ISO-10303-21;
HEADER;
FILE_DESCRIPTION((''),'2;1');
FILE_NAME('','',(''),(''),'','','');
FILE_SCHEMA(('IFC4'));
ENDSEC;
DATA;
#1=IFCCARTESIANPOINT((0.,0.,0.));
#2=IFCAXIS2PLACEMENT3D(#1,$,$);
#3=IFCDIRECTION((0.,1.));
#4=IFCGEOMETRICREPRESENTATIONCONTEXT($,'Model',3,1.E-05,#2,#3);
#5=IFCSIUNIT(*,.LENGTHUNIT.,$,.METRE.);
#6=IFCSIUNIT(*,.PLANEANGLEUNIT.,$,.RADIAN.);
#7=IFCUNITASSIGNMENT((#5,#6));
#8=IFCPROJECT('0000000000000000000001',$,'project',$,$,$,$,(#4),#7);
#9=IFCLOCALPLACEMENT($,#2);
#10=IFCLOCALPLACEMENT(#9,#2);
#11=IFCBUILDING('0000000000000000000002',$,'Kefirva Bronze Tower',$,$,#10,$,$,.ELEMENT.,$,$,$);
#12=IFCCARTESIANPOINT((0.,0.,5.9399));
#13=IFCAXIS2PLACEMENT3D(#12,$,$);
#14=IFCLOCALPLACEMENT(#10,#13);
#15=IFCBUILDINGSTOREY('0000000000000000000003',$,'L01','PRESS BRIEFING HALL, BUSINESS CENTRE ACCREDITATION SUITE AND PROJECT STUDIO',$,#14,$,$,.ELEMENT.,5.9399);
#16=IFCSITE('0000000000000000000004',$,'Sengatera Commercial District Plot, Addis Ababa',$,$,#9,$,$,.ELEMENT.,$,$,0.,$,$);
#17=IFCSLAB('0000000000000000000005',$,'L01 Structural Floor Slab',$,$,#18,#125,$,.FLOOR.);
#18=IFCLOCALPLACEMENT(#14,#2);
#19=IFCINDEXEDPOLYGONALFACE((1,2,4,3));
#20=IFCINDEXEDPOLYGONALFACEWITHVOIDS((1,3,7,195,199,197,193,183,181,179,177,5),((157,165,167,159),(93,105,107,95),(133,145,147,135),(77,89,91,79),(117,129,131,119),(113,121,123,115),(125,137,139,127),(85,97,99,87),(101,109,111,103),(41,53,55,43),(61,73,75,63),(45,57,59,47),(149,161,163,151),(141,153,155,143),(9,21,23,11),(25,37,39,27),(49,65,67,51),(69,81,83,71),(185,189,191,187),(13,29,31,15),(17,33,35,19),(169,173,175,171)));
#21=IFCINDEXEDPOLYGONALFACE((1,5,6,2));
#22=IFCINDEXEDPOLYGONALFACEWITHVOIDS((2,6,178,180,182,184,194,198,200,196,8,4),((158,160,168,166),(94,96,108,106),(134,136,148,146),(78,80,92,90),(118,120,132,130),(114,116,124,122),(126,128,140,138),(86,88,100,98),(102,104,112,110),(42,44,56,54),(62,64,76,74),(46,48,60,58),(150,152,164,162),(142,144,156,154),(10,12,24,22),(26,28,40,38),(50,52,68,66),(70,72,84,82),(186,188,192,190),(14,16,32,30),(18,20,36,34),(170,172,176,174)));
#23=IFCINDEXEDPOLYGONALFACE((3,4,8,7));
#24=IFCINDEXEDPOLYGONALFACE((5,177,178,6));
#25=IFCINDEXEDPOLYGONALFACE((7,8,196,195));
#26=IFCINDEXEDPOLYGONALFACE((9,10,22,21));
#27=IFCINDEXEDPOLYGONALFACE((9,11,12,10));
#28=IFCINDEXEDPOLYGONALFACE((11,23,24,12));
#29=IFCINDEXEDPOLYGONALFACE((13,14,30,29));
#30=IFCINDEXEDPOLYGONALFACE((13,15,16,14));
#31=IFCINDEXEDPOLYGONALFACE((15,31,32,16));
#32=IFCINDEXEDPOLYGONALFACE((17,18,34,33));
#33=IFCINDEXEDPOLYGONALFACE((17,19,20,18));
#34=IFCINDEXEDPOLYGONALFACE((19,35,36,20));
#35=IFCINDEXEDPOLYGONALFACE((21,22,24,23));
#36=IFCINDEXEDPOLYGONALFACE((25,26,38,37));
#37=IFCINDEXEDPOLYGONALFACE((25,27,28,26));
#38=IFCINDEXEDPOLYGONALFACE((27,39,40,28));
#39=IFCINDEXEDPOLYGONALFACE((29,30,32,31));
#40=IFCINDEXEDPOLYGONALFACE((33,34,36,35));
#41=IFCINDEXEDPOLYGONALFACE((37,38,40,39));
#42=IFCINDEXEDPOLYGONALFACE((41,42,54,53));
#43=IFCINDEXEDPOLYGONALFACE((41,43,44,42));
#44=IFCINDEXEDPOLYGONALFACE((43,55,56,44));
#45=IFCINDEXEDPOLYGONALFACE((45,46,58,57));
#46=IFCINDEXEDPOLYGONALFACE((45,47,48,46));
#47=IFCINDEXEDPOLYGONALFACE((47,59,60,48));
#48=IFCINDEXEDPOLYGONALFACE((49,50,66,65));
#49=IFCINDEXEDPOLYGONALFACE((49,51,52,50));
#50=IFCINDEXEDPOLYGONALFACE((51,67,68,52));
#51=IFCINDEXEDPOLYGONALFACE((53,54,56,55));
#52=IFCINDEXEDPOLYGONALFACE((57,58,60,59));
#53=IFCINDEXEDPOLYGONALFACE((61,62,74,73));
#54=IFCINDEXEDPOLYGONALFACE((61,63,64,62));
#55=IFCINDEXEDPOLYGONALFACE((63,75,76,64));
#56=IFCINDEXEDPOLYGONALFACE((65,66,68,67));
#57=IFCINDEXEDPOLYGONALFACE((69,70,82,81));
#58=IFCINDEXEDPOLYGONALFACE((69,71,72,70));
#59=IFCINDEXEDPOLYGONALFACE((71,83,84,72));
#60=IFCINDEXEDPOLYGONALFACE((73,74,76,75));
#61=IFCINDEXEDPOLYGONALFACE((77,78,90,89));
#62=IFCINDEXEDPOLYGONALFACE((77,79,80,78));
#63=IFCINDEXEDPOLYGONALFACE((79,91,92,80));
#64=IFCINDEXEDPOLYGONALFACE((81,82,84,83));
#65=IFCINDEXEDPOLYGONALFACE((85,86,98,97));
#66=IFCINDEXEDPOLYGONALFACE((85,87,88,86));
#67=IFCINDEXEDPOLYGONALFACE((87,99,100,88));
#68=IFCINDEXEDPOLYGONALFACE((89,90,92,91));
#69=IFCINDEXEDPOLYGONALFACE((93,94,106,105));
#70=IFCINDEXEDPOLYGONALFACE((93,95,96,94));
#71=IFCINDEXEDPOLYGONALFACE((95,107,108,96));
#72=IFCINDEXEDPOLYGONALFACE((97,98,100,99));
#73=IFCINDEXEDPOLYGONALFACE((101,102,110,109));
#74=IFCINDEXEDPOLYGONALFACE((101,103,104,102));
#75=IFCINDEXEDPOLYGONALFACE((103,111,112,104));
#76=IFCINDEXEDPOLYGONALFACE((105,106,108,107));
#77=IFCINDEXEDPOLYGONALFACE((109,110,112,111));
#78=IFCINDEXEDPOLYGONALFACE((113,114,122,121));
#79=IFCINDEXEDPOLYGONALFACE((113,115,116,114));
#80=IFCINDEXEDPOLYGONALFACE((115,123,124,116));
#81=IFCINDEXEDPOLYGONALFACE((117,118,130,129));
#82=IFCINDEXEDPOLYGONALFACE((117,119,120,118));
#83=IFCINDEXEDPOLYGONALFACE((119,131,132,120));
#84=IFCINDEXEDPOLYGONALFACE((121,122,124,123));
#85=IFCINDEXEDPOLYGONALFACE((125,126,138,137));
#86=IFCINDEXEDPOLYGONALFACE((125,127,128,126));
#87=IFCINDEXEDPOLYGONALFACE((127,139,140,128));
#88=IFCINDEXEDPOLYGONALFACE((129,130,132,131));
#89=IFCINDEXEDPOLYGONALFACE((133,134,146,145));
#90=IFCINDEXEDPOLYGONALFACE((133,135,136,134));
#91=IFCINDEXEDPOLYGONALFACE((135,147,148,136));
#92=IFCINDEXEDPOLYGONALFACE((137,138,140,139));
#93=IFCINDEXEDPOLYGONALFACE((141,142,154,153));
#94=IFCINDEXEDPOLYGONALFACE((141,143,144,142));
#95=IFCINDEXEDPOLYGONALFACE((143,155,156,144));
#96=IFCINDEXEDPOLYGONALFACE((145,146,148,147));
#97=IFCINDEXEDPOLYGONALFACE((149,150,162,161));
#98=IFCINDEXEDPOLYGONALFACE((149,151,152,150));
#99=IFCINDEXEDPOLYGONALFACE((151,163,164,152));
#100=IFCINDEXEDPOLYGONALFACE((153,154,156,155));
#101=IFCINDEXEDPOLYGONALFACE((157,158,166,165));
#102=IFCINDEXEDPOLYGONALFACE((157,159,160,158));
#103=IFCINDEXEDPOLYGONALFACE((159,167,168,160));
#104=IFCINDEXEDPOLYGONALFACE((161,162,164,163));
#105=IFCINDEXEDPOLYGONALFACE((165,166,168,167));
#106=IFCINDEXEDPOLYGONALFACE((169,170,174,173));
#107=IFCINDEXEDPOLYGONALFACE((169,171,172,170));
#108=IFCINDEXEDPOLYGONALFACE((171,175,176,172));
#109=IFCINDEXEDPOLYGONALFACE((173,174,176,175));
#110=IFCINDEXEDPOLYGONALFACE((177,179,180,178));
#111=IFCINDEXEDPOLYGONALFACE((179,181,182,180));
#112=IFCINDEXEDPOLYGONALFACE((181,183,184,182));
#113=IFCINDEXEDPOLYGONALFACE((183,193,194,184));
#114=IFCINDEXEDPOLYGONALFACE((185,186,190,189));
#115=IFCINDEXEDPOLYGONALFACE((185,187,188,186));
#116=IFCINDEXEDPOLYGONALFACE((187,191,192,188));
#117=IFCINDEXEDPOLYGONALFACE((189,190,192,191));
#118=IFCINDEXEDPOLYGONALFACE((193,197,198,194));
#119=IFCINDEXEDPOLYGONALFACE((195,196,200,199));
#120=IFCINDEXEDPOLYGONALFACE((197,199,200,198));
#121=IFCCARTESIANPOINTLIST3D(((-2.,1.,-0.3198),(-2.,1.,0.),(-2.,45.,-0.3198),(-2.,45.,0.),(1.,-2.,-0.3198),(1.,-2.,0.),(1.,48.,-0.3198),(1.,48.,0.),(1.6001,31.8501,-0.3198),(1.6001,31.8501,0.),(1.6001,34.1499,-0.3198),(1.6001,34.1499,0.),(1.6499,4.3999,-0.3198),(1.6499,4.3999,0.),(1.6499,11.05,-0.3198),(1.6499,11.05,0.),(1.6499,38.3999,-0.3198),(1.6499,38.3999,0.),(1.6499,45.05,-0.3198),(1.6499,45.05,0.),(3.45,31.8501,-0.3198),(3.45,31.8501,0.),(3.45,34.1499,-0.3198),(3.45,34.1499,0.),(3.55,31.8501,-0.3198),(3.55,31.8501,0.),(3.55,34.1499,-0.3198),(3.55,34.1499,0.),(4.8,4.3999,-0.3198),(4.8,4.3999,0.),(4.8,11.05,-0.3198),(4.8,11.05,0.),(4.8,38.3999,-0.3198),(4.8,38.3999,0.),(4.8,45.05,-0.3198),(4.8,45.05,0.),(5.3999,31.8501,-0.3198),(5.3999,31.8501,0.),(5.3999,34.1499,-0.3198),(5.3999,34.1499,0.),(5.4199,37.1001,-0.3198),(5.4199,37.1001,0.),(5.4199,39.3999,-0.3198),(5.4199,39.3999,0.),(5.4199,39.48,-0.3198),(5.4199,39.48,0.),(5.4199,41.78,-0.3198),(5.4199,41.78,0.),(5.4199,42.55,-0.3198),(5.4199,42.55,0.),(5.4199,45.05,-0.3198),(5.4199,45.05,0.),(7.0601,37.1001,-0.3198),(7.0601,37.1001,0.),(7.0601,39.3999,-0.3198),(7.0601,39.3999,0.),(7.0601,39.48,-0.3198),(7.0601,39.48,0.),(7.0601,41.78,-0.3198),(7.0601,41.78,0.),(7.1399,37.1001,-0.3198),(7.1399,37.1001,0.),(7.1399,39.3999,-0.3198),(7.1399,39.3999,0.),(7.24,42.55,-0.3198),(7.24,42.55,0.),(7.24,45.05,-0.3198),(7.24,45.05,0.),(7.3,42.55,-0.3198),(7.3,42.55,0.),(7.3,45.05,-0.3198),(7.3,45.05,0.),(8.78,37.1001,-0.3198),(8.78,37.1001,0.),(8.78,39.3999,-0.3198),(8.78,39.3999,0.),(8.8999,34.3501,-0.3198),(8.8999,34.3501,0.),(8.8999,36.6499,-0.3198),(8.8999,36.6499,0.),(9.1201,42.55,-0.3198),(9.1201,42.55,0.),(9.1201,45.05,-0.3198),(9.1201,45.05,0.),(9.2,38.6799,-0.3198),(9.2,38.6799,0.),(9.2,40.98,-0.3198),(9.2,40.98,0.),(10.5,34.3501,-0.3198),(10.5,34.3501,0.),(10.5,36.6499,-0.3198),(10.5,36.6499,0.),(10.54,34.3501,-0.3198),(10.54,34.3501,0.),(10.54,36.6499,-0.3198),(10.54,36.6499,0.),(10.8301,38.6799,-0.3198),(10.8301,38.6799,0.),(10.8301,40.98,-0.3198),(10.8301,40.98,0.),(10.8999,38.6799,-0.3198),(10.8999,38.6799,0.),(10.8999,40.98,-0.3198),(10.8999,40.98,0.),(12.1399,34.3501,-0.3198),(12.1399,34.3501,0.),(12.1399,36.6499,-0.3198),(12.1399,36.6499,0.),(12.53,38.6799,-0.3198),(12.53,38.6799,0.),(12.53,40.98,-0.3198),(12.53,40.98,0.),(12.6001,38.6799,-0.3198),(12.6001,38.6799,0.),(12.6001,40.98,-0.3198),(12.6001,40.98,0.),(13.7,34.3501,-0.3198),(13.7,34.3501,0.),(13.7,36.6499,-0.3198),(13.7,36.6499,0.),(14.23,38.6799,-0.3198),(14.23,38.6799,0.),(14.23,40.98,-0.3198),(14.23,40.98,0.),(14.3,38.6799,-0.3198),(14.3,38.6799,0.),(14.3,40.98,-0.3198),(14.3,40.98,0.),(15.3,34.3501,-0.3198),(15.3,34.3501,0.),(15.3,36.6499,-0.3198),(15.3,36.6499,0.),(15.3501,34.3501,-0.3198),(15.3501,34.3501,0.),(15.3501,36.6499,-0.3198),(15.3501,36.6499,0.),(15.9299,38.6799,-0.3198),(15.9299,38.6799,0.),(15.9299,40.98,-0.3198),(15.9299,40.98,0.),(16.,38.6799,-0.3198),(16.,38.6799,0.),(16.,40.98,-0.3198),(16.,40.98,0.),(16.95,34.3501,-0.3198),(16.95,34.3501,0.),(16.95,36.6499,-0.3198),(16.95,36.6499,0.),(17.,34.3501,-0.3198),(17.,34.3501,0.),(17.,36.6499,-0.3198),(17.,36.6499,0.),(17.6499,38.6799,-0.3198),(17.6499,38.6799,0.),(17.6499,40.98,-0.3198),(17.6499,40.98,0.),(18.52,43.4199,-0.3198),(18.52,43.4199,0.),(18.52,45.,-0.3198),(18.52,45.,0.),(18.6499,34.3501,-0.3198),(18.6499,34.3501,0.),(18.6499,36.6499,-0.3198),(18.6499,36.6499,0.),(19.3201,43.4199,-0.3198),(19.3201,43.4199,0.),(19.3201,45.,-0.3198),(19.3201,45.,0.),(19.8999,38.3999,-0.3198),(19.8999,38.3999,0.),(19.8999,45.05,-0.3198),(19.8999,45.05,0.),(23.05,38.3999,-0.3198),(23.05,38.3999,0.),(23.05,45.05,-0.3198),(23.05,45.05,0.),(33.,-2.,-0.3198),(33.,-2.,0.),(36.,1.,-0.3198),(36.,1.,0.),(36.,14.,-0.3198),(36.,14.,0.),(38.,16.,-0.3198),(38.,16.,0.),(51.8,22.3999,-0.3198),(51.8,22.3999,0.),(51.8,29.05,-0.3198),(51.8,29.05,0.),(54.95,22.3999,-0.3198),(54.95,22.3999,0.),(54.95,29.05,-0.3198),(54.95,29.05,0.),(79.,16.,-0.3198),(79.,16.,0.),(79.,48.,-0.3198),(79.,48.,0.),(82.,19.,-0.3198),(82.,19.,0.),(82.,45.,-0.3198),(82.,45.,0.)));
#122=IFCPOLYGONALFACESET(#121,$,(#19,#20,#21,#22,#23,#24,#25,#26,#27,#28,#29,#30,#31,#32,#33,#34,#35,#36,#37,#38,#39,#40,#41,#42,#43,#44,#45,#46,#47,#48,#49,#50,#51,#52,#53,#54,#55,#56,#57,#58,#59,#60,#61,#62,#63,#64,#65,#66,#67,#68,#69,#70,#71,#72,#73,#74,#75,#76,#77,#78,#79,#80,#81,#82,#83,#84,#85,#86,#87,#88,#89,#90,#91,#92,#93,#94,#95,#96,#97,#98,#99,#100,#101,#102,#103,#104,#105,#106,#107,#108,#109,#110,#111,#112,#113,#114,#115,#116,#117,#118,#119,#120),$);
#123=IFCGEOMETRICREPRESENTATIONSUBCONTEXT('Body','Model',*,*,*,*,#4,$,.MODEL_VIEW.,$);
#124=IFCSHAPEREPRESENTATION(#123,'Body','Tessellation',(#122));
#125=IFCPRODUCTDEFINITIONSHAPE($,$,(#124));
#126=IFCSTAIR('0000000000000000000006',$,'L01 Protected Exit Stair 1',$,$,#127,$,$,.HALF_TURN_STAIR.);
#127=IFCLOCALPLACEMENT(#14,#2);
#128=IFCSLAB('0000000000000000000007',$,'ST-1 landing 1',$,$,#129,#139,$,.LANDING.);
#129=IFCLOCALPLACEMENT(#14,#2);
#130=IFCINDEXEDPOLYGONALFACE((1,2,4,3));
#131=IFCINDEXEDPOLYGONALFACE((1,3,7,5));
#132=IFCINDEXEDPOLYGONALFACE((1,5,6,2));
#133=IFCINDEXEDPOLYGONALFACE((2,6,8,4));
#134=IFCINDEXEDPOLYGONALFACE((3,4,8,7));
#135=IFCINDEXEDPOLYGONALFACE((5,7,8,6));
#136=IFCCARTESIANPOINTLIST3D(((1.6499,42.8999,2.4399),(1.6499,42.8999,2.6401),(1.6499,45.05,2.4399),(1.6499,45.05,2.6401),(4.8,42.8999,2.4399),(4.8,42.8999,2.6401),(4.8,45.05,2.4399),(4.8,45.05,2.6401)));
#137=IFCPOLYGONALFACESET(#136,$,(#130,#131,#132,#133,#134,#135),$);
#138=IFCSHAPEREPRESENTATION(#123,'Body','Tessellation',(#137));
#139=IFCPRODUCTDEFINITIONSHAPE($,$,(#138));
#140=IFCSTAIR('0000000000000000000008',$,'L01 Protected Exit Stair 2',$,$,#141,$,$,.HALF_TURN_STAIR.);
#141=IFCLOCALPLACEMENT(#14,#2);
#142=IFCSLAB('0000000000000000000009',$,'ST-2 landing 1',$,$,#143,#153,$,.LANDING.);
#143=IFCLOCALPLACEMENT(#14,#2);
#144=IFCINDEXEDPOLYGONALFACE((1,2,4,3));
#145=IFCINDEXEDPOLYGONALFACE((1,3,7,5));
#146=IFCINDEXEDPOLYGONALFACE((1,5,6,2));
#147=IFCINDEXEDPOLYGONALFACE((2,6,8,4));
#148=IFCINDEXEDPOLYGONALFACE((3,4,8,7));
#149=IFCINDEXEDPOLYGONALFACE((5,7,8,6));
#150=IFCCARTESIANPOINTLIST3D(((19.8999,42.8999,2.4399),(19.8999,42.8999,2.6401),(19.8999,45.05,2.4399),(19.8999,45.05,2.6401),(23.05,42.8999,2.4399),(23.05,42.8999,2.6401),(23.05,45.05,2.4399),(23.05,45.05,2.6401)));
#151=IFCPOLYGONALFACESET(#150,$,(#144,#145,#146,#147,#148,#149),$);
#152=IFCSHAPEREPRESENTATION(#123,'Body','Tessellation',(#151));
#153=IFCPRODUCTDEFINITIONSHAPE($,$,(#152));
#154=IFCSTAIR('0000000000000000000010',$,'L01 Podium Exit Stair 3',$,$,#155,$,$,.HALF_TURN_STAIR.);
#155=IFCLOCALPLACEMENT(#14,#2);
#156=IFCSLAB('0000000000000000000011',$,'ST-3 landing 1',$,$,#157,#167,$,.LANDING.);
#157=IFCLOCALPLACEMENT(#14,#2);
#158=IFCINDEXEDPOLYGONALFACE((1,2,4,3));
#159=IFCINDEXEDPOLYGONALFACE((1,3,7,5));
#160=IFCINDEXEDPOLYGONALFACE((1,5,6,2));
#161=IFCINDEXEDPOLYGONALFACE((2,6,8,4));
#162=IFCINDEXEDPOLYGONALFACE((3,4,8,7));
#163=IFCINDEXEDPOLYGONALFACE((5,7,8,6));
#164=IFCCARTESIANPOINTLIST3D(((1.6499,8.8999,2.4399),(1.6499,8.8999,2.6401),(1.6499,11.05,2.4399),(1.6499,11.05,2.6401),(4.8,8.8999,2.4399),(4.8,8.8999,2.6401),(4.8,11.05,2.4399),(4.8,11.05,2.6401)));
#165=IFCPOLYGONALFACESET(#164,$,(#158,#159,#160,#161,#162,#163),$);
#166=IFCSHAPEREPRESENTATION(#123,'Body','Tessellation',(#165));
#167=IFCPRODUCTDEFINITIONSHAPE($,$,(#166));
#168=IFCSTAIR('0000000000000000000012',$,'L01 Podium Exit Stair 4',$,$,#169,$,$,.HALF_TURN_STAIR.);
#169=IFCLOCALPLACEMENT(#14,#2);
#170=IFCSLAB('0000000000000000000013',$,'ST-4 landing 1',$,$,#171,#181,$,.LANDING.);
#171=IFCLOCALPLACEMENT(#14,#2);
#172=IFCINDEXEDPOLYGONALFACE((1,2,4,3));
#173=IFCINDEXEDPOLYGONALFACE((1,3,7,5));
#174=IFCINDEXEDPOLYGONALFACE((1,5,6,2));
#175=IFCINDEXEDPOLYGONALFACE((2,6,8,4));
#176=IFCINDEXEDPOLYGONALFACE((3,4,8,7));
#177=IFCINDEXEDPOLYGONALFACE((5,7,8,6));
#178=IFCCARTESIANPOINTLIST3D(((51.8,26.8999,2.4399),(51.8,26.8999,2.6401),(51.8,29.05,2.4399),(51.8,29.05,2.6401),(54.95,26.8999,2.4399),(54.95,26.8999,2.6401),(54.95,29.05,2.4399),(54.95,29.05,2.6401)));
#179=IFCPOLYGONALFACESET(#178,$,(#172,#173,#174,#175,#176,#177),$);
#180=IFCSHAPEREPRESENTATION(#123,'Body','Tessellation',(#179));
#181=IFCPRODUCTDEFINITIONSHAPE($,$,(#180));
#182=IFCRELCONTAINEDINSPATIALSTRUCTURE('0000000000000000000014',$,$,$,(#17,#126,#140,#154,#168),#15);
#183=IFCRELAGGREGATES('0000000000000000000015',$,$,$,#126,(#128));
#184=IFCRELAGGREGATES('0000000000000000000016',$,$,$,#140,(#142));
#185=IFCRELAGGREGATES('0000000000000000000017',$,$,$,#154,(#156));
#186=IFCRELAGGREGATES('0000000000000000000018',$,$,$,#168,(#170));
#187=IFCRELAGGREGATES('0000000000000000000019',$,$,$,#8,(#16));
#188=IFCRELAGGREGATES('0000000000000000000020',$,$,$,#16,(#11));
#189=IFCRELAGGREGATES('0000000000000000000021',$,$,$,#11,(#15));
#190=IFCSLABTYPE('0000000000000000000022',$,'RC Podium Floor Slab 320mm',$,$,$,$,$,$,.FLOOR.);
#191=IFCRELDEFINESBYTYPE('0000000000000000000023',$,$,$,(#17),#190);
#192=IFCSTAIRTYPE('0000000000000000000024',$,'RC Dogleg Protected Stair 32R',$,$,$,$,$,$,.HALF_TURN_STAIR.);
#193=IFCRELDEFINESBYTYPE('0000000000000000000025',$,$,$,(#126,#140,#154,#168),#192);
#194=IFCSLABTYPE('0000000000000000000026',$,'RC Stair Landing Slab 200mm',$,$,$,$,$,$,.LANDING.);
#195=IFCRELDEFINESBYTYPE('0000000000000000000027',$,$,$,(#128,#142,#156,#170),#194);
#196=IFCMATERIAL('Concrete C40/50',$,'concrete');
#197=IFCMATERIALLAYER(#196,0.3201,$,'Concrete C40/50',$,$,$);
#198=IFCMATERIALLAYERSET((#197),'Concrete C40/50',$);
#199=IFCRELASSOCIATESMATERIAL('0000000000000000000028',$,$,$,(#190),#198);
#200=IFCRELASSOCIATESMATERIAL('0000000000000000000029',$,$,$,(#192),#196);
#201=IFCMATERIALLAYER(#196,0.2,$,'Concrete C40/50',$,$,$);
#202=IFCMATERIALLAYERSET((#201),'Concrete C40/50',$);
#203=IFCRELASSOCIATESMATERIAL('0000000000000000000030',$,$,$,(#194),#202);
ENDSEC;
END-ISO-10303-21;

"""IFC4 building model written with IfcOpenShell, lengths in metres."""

from ifc_helpers import new_model, si_unit, direction, frame, origin, place, context, subcontext, project, spatial, polyline, outline, extrude, material, layer, layer_set, type_object, element, aggregate, save


model = new_model("IFC4")

# Units and contexts
model_context = context("Model", 3, precision=1e-05, world=origin(), true_north=direction((0.0, 1.0)))
body_context = subcontext(model_context, "Body", "Model", "MODEL_VIEW")
ifc_project = project(units=[si_unit("LENGTHUNIT", "METRE"), si_unit("PLANEANGLEUNIT", "RADIAN")], contexts=[model_context])

# Site, building, storey
site_placement = place(None, origin())
site = spatial("IfcSite", under=ifc_project, at=site_placement, Name="Sengatera Commercial District Plot, Addis Ababa", CompositionType="ELEMENT", RefElevation=0.0)
building_placement = place(site_placement, origin())
building = spatial("IfcBuilding", under=site, at=building_placement, Name="Kefirva Bronze Tower", CompositionType="ELEMENT")
storey_placement = place(building_placement, frame((0.0, 0.0, 5.9399)))
storey = spatial("IfcBuildingStorey", under=building, at=storey_placement, Name="L01", Description="PRESS BRIEFING HALL, BUSINESS CENTRE ACCREDITATION SUITE AND PROJECT STUDIO", CompositionType="ELEMENT", Elevation=5.9399)

# Slab
ifc_material_1 = material(Name="Concrete C40/50", Category="concrete")
ifc_layer_1 = layer(ifc_material_1, 0.3201, Name="Concrete C40/50")
ifc_layer_set_1 = layer_set([ifc_layer_1], Name="Concrete C40/50")
slab_type_1 = type_object("IfcSlabType", Name="RC Podium Floor Slab 320mm", PredefinedType="FLOOR", material=ifc_layer_set_1)
slab_1_placement = place(storey_placement, frame((0.0, 0.0, -0.3198)))
element("IfcSlab", 1, at=slab_1_placement, inside=storey, type_object=slab_type_1, Name="L01 Structural Floor Slab", PredefinedType="FLOOR", context=body_context, shape_type="SweptSolid", body=[
    extrude(outline(polyline([(-2.0, 1.0), (-2.0, 45.0), (1.0, 48.0), (79.0, 48.0), (82.0, 45.0), (82.0, 19.0), (79.0, 16.0), (38.0, 16.0), (36.0, 14.0), (36.0, 1.0), (33.0, -2.0), (1.0, -2.0), (-2.0, 1.0)]), holes=[polyline([(54.95, 22.3999), (54.95, 29.05), (51.8, 29.05), (51.8, 22.3999), (54.95, 22.3999)]), polyline([(19.8999, 38.3999), (23.05, 38.3999), (23.05, 45.05), (19.8999, 45.05), (19.8999, 38.3999)]), polyline([(18.52, 43.4199), (19.3201, 43.4199), (19.3201, 45.0), (18.52, 45.0), (18.52, 43.4199)]), polyline([(17.0, 34.3501), (18.6499, 34.3501), (18.6499, 36.6499), (17.0, 36.6499), (17.0, 34.3501)]), polyline([(17.6499, 38.6799), (17.6499, 40.98), (16.0, 40.98), (16.0, 38.6799), (17.6499, 38.6799)]), polyline([(15.3501, 34.3501), (16.95, 34.3501), (16.95, 36.6499), (15.3501, 36.6499), (15.3501, 34.3501)]), polyline([(14.3, 38.6799), (15.9299, 38.6799), (15.9299, 40.98), (14.3, 40.98), (14.3, 38.6799)]), polyline([(15.3, 34.3501), (15.3, 36.6499), (13.7, 36.6499), (13.7, 34.3501), (15.3, 34.3501)]), polyline([(12.6001, 38.6799), (14.23, 38.6799), (14.23, 40.98), (12.6001, 40.98), (12.6001, 38.6799)]), polyline([(12.53, 38.6799), (12.53, 40.98), (10.8999, 40.98), (10.8999, 38.6799), (12.53, 38.6799)]), polyline([(12.1399, 34.3501), (12.1399, 36.6499), (10.54, 36.6499), (10.54, 34.3501), (12.1399, 34.3501)]), polyline([(9.2, 38.6799), (10.8301, 38.6799), (10.8301, 40.98), (9.2, 40.98), (9.2, 38.6799)]), polyline([(8.8999, 34.3501), (10.5, 34.3501), (10.5, 36.6499), (8.8999, 36.6499), (8.8999, 34.3501)]), polyline([(7.3, 42.55), (9.1201, 42.55), (9.1201, 45.05), (7.3, 45.05), (7.3, 42.55)]), polyline([(8.78, 37.1001), (8.78, 39.3999), (7.1399, 39.3999), (7.1399, 37.1001), (8.78, 37.1001)]), polyline([(5.4199, 42.55), (7.24, 42.55), (7.24, 45.05), (5.4199, 45.05), (5.4199, 42.55)]), polyline([(5.4199, 39.48), (7.0601, 39.48), (7.0601, 41.78), (5.4199, 41.78), (5.4199, 39.48)]), polyline([(5.4199, 37.1001), (7.0601, 37.1001), (7.0601, 39.3999), (5.4199, 39.3999), (5.4199, 37.1001)]), polyline([(5.3999, 31.8501), (5.3999, 34.1499), (3.55, 34.1499), (3.55, 31.8501), (5.3999, 31.8501)]), polyline([(4.8, 38.3999), (4.8, 45.05), (1.6499, 45.05), (1.6499, 38.3999), (4.8, 38.3999)]), polyline([(4.8, 4.3999), (4.8, 11.05), (1.6499, 11.05), (1.6499, 4.3999), (4.8, 4.3999)]), polyline([(3.45, 31.8501), (3.45, 34.1499), (1.6001, 34.1499), (1.6001, 31.8501), (3.45, 31.8501)])]), origin(), (0.0, 0.0, 1.0), 0.3198),
])

# Stairs, slabs
stair_type = type_object("IfcStairType", Name="RC Dogleg Protected Stair 32R", PredefinedType="HALF_TURN_STAIR", material=ifc_material_1)
stair_1_placement = place(storey_placement, origin())
stair_1 = element("IfcStair", 2, at=stair_1_placement, inside=storey, type_object=stair_type, Name="L01 Protected Exit Stair 1", PredefinedType="HALF_TURN_STAIR")
ifc_layer_2 = layer(ifc_material_1, 0.2, Name="Concrete C40/50")
ifc_layer_set_2 = layer_set([ifc_layer_2], Name="Concrete C40/50")
slab_type_2 = type_object("IfcSlabType", Name="RC Stair Landing Slab 200mm", PredefinedType="LANDING", material=ifc_layer_set_2)
slab_2_placement = place(storey_placement, frame((0.0, 0.0, 2.4399)))
slab_2 = element("IfcSlab", 3, at=slab_2_placement, type_object=slab_type_2, Name="ST-1 landing 1", PredefinedType="LANDING", context=body_context, shape_type="SweptSolid", body=[
    extrude(outline(polyline([(4.8, 42.8999), (4.8, 45.05), (1.6499, 45.05), (1.6499, 42.8999), (4.8, 42.8999)])), origin(), (0.0, 0.0, 1.0), 0.2002),
])
aggregate(stair_1, [slab_2])
stair_2_placement = place(storey_placement, origin())
stair_2 = element("IfcStair", 4, at=stair_2_placement, inside=storey, type_object=stair_type, Name="L01 Protected Exit Stair 2", PredefinedType="HALF_TURN_STAIR")
slab_3_placement = place(storey_placement, frame((0.0, 0.0, 2.4399)))
slab_3 = element("IfcSlab", 5, at=slab_3_placement, type_object=slab_type_2, Name="ST-2 landing 1", PredefinedType="LANDING", context=body_context, shape_type="SweptSolid", body=[
    extrude(outline(polyline([(23.05, 42.8999), (23.05, 45.05), (19.8999, 45.05), (19.8999, 42.8999), (23.05, 42.8999)])), origin(), (0.0, 0.0, 1.0), 0.2002),
])
aggregate(stair_2, [slab_3])
stair_3_placement = place(storey_placement, origin())
stair_3 = element("IfcStair", 6, at=stair_3_placement, inside=storey, type_object=stair_type, Name="L01 Podium Exit Stair 3", PredefinedType="HALF_TURN_STAIR")
slab_4_placement = place(storey_placement, frame((0.0, 0.0, 2.4399)))
slab_4 = element("IfcSlab", 7, at=slab_4_placement, type_object=slab_type_2, Name="ST-3 landing 1", PredefinedType="LANDING", context=body_context, shape_type="SweptSolid", body=[
    extrude(outline(polyline([(4.8, 8.8999), (4.8, 11.05), (1.6499, 11.05), (1.6499, 8.8999), (4.8, 8.8999)])), origin(), (0.0, 0.0, 1.0), 0.2002),
])
aggregate(stair_3, [slab_4])
stair_4_placement = place(storey_placement, origin())
stair_4 = element("IfcStair", 8, at=stair_4_placement, inside=storey, type_object=stair_type, Name="L01 Podium Exit Stair 4", PredefinedType="HALF_TURN_STAIR")
slab_5_placement = place(storey_placement, frame((0.0, 0.0, 2.4399)))
slab_5 = element("IfcSlab", 9, at=slab_5_placement, type_object=slab_type_2, Name="ST-4 landing 1", PredefinedType="LANDING", context=body_context, shape_type="SweptSolid", body=[
    extrude(outline(polyline([(54.95, 26.8999), (54.95, 29.05), (51.8, 29.05), (51.8, 26.8999), (54.95, 26.8999)])), origin(), (0.0, 0.0, 1.0), 0.2002),
])
aggregate(stair_4, [slab_5])

save(model, "model.ifc")
